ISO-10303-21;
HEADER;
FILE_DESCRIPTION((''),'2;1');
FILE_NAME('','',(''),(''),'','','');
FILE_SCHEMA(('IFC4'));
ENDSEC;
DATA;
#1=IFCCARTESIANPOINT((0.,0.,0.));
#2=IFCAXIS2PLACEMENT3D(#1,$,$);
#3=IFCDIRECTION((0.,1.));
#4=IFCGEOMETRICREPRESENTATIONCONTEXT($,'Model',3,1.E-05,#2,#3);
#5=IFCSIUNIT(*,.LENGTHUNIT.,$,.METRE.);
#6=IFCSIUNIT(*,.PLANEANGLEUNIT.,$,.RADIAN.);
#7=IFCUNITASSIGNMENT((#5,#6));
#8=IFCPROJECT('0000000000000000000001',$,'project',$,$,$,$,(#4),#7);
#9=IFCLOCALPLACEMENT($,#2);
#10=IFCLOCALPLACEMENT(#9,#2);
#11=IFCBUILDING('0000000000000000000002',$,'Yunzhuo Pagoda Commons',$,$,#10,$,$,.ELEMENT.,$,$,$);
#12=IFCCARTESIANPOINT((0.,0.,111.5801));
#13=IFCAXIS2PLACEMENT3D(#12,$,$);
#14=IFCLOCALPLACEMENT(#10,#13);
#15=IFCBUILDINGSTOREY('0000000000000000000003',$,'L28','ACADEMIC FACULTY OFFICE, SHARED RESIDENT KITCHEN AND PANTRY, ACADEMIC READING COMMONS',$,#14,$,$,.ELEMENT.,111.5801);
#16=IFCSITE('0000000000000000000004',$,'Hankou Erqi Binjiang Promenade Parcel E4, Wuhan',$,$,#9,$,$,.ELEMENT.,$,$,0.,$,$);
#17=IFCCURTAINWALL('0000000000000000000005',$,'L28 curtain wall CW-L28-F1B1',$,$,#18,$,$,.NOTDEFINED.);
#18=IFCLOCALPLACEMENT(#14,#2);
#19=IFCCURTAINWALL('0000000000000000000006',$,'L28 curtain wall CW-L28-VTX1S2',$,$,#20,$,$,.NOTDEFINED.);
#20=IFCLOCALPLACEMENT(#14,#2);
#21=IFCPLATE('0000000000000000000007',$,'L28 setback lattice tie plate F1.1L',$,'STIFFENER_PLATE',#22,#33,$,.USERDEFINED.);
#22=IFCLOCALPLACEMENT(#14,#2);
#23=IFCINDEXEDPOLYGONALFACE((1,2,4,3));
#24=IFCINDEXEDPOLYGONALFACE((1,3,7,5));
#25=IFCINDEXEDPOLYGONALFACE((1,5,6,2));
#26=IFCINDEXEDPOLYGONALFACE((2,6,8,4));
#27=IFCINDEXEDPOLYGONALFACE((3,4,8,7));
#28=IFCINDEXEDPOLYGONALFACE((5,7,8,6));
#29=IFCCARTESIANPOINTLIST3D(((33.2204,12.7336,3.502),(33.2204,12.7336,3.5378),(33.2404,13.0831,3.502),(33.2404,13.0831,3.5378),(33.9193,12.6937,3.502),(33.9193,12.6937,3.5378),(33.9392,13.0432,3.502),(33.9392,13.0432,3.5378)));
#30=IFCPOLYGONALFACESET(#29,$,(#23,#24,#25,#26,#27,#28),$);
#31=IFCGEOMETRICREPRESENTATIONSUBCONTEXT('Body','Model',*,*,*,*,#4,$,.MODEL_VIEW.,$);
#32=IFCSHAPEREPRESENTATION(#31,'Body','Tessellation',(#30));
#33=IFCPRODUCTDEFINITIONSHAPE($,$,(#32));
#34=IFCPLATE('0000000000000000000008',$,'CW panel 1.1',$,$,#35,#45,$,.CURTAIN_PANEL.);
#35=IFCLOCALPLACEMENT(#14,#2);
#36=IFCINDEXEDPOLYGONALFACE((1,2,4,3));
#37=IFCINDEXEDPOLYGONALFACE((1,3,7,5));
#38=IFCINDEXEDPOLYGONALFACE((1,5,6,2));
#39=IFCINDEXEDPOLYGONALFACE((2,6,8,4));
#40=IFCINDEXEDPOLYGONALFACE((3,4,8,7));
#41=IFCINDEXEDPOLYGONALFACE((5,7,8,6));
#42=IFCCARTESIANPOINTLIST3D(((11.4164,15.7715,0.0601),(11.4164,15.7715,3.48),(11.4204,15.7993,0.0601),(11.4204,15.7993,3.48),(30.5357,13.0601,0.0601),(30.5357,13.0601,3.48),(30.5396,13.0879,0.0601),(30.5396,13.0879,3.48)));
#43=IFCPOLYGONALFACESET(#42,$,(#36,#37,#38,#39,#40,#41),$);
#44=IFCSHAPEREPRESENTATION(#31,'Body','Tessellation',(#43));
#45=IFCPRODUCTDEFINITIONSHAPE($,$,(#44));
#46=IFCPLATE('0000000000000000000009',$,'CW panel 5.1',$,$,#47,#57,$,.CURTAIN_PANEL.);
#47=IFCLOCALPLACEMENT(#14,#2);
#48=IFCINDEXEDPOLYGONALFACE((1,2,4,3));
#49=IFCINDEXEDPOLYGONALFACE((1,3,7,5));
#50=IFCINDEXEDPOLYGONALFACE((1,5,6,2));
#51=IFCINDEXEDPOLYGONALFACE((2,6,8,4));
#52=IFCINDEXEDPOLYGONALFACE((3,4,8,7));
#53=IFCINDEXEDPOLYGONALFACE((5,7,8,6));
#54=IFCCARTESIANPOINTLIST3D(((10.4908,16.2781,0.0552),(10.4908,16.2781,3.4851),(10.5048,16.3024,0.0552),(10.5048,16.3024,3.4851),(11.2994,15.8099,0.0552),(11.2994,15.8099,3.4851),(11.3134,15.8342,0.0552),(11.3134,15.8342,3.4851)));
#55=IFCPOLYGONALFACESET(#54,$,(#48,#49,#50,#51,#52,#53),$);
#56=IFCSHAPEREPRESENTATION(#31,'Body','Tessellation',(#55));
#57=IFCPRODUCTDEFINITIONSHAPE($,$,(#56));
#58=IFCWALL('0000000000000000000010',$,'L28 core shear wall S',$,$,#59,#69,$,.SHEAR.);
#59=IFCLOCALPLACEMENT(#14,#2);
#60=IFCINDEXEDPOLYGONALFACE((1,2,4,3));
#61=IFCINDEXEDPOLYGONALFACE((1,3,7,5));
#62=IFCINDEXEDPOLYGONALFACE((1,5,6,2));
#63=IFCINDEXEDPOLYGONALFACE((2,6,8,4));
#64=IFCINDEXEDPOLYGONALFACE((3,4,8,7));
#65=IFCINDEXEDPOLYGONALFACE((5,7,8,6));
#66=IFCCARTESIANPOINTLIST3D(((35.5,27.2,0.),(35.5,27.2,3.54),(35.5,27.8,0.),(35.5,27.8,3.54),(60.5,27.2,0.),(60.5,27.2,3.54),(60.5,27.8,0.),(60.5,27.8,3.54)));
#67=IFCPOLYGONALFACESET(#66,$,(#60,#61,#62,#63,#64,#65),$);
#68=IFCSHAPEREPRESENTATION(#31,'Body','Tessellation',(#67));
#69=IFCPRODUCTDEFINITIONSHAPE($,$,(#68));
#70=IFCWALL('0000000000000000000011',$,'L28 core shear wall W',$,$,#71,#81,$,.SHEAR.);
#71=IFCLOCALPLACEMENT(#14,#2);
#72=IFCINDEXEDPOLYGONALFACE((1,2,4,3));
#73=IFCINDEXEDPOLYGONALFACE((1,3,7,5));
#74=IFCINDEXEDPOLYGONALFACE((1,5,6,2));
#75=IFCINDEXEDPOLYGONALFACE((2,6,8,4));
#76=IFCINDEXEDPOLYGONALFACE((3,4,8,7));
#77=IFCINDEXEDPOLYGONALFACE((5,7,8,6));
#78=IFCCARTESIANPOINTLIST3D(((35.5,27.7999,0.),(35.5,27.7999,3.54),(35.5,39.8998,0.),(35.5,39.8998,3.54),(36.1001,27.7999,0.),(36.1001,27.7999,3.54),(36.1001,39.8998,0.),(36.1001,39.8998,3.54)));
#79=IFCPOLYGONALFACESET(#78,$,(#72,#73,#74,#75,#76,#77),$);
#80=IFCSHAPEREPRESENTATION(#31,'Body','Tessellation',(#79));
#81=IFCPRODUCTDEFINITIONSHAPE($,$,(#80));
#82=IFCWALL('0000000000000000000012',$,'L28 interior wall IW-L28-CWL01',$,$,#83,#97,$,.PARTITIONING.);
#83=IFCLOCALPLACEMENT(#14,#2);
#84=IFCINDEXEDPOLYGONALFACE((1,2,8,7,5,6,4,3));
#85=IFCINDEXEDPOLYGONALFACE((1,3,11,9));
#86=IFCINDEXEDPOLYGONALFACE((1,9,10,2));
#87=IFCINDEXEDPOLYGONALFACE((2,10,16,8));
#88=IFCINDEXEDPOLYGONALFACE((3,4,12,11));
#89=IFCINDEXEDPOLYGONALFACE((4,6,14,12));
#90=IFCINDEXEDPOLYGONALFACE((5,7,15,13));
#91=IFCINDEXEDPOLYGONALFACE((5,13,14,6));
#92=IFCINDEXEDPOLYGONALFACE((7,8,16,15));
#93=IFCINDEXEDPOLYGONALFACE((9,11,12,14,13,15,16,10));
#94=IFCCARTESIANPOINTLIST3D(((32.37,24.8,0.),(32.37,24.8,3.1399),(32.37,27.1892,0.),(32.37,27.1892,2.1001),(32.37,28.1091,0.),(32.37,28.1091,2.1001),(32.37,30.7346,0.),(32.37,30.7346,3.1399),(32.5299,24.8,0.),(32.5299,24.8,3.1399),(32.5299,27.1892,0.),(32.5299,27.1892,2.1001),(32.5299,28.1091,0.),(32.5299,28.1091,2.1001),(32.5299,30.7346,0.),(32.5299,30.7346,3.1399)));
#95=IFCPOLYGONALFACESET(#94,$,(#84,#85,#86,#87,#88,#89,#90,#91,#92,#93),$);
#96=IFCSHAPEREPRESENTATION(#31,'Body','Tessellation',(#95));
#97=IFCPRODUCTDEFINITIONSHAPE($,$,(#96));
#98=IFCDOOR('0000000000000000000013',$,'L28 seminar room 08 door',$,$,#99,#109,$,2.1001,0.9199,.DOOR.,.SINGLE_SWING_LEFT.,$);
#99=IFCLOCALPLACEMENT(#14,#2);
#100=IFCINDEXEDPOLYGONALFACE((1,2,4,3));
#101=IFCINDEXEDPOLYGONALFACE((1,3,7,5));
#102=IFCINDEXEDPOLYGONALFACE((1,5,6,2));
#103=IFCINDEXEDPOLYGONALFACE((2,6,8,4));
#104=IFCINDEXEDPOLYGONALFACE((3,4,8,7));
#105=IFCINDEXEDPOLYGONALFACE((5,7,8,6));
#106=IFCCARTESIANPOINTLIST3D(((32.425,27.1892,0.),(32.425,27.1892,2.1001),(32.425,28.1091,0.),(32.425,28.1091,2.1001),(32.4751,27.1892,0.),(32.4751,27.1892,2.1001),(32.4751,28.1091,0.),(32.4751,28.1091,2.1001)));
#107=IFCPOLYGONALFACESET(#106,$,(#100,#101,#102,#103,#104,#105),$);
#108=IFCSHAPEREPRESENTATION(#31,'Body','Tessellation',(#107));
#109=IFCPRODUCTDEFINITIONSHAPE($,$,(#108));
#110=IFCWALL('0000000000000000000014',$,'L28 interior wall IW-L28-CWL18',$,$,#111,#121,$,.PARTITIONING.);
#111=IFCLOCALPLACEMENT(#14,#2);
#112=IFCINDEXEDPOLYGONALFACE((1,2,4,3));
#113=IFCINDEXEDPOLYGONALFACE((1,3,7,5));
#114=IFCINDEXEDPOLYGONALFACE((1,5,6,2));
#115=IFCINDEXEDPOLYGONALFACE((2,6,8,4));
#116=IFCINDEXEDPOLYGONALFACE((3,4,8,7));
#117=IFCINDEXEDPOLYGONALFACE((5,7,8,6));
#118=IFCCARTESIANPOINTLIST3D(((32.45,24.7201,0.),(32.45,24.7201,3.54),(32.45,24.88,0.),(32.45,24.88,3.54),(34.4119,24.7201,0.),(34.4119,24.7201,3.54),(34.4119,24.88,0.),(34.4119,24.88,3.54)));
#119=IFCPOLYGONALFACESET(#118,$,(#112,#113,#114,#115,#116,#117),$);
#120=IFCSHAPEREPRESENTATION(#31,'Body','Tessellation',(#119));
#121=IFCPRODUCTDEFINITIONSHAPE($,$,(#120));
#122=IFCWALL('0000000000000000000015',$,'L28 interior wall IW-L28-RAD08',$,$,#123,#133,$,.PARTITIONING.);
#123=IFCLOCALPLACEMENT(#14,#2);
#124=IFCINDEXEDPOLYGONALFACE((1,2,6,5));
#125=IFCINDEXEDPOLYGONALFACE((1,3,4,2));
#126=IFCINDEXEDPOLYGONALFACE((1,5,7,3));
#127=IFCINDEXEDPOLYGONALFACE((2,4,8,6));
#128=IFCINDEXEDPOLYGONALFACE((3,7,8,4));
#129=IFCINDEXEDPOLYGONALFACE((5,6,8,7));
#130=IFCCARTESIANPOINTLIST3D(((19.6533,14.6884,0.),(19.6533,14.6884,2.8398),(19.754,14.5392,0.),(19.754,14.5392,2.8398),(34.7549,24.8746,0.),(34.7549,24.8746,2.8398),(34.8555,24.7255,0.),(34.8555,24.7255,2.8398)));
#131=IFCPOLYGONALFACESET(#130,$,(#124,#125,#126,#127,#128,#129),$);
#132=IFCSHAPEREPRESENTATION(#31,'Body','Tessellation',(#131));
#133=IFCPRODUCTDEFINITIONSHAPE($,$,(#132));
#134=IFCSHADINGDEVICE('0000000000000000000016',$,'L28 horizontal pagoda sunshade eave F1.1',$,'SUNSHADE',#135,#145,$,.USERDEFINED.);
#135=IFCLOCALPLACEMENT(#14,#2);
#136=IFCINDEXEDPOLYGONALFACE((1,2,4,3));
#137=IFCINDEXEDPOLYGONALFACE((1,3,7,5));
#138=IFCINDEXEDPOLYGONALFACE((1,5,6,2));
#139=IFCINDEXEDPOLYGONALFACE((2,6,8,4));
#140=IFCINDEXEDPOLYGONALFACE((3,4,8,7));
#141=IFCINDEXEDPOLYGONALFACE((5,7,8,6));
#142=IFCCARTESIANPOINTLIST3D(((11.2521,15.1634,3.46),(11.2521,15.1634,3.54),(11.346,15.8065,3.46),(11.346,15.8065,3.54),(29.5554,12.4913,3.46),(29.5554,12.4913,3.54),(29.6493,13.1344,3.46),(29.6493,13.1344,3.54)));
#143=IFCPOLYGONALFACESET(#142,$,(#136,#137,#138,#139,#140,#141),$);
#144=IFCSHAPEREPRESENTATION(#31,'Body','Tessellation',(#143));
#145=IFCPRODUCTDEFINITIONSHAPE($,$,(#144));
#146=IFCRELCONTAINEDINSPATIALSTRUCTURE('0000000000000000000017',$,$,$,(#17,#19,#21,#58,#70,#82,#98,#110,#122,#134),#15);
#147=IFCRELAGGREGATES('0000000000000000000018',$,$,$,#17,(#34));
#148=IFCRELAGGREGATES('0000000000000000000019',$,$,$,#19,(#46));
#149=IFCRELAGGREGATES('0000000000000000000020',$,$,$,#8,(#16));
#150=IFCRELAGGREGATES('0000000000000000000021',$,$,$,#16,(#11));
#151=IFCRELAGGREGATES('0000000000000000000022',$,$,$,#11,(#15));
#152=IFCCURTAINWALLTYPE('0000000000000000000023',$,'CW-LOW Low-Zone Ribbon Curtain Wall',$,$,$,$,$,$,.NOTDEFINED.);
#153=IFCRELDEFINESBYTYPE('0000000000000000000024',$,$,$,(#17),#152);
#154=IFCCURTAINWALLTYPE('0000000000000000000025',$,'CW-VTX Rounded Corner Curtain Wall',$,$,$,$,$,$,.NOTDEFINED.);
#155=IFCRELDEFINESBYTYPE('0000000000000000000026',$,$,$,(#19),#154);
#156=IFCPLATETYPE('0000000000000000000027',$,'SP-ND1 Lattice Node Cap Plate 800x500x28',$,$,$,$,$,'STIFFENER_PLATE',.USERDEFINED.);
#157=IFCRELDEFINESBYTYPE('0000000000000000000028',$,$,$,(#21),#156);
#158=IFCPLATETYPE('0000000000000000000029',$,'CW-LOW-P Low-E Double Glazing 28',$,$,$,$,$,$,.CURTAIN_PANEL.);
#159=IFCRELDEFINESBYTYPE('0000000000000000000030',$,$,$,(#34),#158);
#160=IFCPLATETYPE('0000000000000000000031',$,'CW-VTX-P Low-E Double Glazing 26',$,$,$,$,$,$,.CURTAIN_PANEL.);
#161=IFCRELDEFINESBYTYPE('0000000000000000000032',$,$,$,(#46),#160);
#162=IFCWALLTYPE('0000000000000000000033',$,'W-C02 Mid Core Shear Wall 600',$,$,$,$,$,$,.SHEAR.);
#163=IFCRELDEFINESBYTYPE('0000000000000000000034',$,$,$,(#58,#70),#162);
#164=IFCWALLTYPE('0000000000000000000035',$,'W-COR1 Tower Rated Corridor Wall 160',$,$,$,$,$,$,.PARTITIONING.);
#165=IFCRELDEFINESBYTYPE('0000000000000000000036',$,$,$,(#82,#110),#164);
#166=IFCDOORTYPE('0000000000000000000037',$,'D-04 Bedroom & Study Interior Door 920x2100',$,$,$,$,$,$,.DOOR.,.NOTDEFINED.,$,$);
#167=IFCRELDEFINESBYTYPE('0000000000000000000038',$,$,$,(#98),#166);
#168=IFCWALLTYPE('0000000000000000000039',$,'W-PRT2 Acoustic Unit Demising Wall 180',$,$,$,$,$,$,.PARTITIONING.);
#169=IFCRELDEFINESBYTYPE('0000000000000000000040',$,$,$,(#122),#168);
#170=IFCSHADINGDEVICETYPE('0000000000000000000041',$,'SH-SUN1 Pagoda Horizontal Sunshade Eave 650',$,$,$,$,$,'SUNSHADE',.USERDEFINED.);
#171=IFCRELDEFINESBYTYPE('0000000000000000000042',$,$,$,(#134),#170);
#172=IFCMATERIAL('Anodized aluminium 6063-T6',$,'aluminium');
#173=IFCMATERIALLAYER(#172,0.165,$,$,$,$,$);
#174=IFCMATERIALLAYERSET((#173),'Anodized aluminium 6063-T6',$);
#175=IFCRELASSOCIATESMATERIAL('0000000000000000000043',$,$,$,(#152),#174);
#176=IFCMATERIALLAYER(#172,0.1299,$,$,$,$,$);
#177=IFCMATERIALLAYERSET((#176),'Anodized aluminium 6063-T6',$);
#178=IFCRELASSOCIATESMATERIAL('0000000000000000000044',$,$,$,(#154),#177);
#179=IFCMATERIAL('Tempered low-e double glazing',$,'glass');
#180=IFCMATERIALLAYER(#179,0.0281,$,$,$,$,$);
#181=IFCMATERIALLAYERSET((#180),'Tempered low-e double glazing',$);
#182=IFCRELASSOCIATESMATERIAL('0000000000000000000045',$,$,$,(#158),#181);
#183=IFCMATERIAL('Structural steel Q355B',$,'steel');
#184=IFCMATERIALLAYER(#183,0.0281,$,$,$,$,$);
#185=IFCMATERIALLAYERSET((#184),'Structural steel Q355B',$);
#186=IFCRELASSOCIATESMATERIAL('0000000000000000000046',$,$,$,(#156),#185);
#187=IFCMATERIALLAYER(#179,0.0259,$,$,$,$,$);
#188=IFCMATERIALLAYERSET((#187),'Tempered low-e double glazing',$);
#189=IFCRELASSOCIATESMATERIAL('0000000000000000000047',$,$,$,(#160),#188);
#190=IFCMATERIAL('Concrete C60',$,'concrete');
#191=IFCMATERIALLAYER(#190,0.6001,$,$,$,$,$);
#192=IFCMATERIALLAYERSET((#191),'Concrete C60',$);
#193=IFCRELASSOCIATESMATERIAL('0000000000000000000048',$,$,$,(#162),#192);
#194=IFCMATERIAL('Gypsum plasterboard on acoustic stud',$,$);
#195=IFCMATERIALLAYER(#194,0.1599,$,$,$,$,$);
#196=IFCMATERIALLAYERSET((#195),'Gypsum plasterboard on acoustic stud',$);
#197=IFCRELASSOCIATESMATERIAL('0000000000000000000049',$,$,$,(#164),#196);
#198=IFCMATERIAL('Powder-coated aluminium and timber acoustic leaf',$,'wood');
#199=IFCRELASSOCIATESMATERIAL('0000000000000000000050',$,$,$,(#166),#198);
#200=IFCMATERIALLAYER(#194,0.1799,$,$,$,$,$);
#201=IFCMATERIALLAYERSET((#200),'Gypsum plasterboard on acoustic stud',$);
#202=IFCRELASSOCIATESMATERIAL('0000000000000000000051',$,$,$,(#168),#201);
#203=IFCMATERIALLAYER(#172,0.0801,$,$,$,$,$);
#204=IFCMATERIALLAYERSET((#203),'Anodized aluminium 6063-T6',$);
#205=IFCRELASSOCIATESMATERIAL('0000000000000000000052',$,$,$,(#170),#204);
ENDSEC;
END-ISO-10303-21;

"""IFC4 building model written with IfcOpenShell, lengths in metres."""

from ifc_helpers import new_model, si_unit, direction, frame, frame_2d, origin, origin_with_axes, origin_2d, place, context, subcontext, project, spatial, rectangle, extrude, source, transform, mapped, material, layer, layer_set, type_object, element, fill, aggregate, save


model = new_model("IFC4")

# Units and contexts
model_context = context("Model", 3, precision=1e-05, world=origin(), true_north=direction((0.0, 1.0)))
body_context = subcontext(model_context, "Body", "Model", "MODEL_VIEW")
ifc_project = project(units=[si_unit("LENGTHUNIT", "METRE"), si_unit("PLANEANGLEUNIT", "RADIAN")], contexts=[model_context])

# Site, building, storey
site_placement = place(None, origin())
site = spatial("IfcSite", under=ifc_project, at=site_placement, Name="Hankou Erqi Binjiang Promenade Parcel E4, Wuhan", CompositionType="ELEMENT", RefElevation=0.0)
building_placement = place(site_placement, origin())
building = spatial("IfcBuilding", under=site, at=building_placement, Name="Yunzhuo Pagoda Commons", CompositionType="ELEMENT")
storey_placement = place(building_placement, frame((0.0, 0.0, 111.5801)))
storey = spatial("IfcBuildingStorey", under=building, at=storey_placement, Name="L28", Description="ACADEMIC FACULTY OFFICE, SHARED RESIDENT KITCHEN AND PANTRY, ACADEMIC READING COMMONS", CompositionType="ELEMENT", Elevation=111.5801)

# Shared definitions
ifc_material_1 = material(Name="Structural steel Q355B", Category="steel")

# Shared definitions
ifc_material_2 = material(Name="Anodized aluminium 6063-T6", Category="aluminium")
ifc_layer_1 = layer(ifc_material_2, 0.165)
ifc_layer_set_1 = layer_set([ifc_layer_1], Name="Anodized aluminium 6063-T6")
curtain_wall_type_1 = type_object("IfcCurtainWallType", Name="CW-LOW Low-Zone Ribbon Curtain Wall", PredefinedType="NOTDEFINED", material=ifc_layer_set_1)

# Curtain wall
curtain_wall_1_placement = place(storey_placement, origin())
curtain_wall_1 = element("IfcCurtainWall", 1, at=curtain_wall_1_placement, inside=storey, type_object=curtain_wall_type_1, Name="L28 curtain wall CW-L28-F1B1", PredefinedType="NOTDEFINED")

# Curtain wall
ifc_layer_2 = layer(ifc_material_2, 0.1299)
ifc_layer_set_2 = layer_set([ifc_layer_2], Name="Anodized aluminium 6063-T6")
curtain_wall_type_2 = type_object("IfcCurtainWallType", Name="CW-VTX Rounded Corner Curtain Wall", PredefinedType="NOTDEFINED", material=ifc_layer_set_2)
curtain_wall_2_placement = place(storey_placement, origin())
curtain_wall_2 = element("IfcCurtainWall", 2, at=curtain_wall_2_placement, inside=storey, type_object=curtain_wall_type_2, Name="L28 curtain wall CW-L28-VTX1S2", PredefinedType="NOTDEFINED")

# Shared definitions
ifc_material_3 = material(Name="Tempered low-e double glazing", Category="glass")
ifc_layer_3 = layer(ifc_material_3, 0.0281)
ifc_layer_set_3 = layer_set([ifc_layer_3], Name="Tempered low-e double glazing")
plate_type_1 = type_object("IfcPlateType", Name="CW-LOW-P Low-E Double Glazing 28", PredefinedType="CURTAIN_PANEL", material=ifc_layer_set_3)

# Plate
ifc_layer_4 = layer(ifc_material_1, 0.0281)
ifc_layer_set_4 = layer_set([ifc_layer_4], Name="Structural steel Q355B")
plate_type_2 = type_object("IfcPlateType", Name="SP-ND1 Lattice Node Cap Plate 800x500x28", ElementType="STIFFENER_PLATE", PredefinedType="USERDEFINED", material=ifc_layer_set_4)
shared_shape_1 = source(origin(), body_context, "Body", "SweptSolid", [
    extrude(rectangle(XDim=0.7, YDim=0.3501, at=origin_2d()), origin(), (0.0, 0.0, 1.0), 0.0359),
])
plate_1_placement = place(storey_placement, frame((33.5798, 12.8884, 3.502), z_axis=(0.0, 0.0, 1.0), x_axis=(0.998373, -0.057024, 0.0)))
element("IfcPlate", 3, at=plate_1_placement, inside=storey, type_object=plate_type_2, Name="L28 setback lattice tie plate F1.1L", ObjectType="STIFFENER_PLATE", PredefinedType="USERDEFINED", context=body_context, shape_type="MappedRepresentation", body=[
    mapped(shared_shape_1, transform((0.0, 0.0, 0.0), scale=1.0)),
])

# Plates
shared_shape_2 = source(origin(), body_context, "Body", "SweptSolid", [
    extrude(rectangle(XDim=19.3105, YDim=0.0281, at=origin_2d()), origin(), (0.0, 0.0, 1.0), 3.4199),
])
plate_2_placement = place(storey_placement, frame((20.978, 14.4297, 0.0601), z_axis=(0.0, 0.0, 1.0), x_axis=(0.990094, -0.140408, 0.0)))
plate_2 = element("IfcPlate", 4, at=plate_2_placement, type_object=plate_type_1, Name="CW panel 1.1", PredefinedType="CURTAIN_PANEL", context=body_context, shape_type="MappedRepresentation", body=[
    mapped(shared_shape_2, transform((0.0, 0.0, 0.0), scale=1.0)),
])
aggregate(curtain_wall_1, [plate_2])
ifc_layer_5 = layer(ifc_material_3, 0.0259)
ifc_layer_set_5 = layer_set([ifc_layer_5], Name="Tempered low-e double glazing")
plate_type_3 = type_object("IfcPlateType", Name="CW-VTX-P Low-E Double Glazing 26", PredefinedType="CURTAIN_PANEL", material=ifc_layer_set_5)
shared_shape_3 = source(origin(), body_context, "Body", "SweptSolid", [
    extrude(rectangle(XDim=0.9343, YDim=0.0281, at=origin_2d()), origin(), (0.0, 0.0, 1.0), 3.4299),
])
plate_3_placement = place(storey_placement, frame((10.9021, 16.0562, 0.0552), z_axis=(0.0, 0.0, 1.0), x_axis=(0.865429, -0.501032, 0.0)))
plate_3 = element("IfcPlate", 5, at=plate_3_placement, type_object=plate_type_3, Name="CW panel 5.1", PredefinedType="CURTAIN_PANEL", context=body_context, shape_type="MappedRepresentation", body=[
    mapped(shared_shape_3, transform((0.0, 0.0, 0.0), scale=1.0)),
])
aggregate(curtain_wall_2, [plate_3])

# Walls
ifc_material_4 = material(Name="Concrete C60", Category="concrete")
ifc_layer_6 = layer(ifc_material_4, 0.6001)
ifc_layer_set_6 = layer_set([ifc_layer_6], Name="Concrete C60")
wall_type_1 = type_object("IfcWallType", Name="W-C02 Mid Core Shear Wall 600", PredefinedType="SHEAR", material=ifc_layer_set_6)
wall_1_placement = place(storey_placement, frame((35.5, 27.5, 0.0), z_axis=(0.0, 0.0, 1.0), x_axis=(1.0, 0.0, 0.0)))
element("IfcWall", 6, at=wall_1_placement, inside=storey, type_object=wall_type_1, Name="L28 core shear wall S", PredefinedType="SHEAR", context=body_context, shape_type="SweptSolid", body=[
    extrude(rectangle(XDim=25.0, YDim=0.6001, at=frame_2d((12.5, 0.0))), origin(), (0.0, 0.0, 1.0), 3.54),
])
wall_2_placement = place(storey_placement, frame((35.8, 27.8, 0.0), z_axis=(0.0, 0.0, 1.0), x_axis=(0.0, 1.0, 0.0)))
element("IfcWall", 7, at=wall_2_placement, inside=storey, type_object=wall_type_1, Name="L28 core shear wall W", PredefinedType="SHEAR", context=body_context, shape_type="SweptSolid", body=[
    extrude(rectangle(XDim=12.0999, YDim=0.6001, at=frame_2d((6.0498, 0.0))), origin(), (0.0, 0.0, 1.0), 3.54),
])

# Wall, opening, door
ifc_material_5 = material(Name="Gypsum plasterboard on acoustic stud")
ifc_layer_7 = layer(ifc_material_5, 0.1599)
ifc_layer_set_7 = layer_set([ifc_layer_7], Name="Gypsum plasterboard on acoustic stud")
wall_type_2 = type_object("IfcWallType", Name="W-COR1 Tower Rated Corridor Wall 160", PredefinedType="PARTITIONING", material=ifc_layer_set_7)
wall_3_placement = place(storey_placement, frame((32.45, 24.8, 0.0), z_axis=(0.0, 0.0, 1.0), x_axis=(0.0, 1.0, 0.0)))
wall_3 = element("IfcWall", 8, at=wall_3_placement, inside=storey, type_object=wall_type_2, Name="L28 interior wall IW-L28-CWL01", PredefinedType="PARTITIONING", context=body_context, shape_type="SweptSolid", body=[
    extrude(rectangle(XDim=5.9346, YDim=0.1599, at=frame_2d((2.9673, 0.0))), origin(), (0.0, 0.0, 1.0), 3.1399),
])
opening_placement = place(wall_3_placement, frame((2.3892, 0.0, 0.0)))
opening = element("IfcOpeningElement", 9, at=opening_placement, cuts=wall_3, PredefinedType="OPENING", context=body_context, shape_type="SweptSolid", body=[
    extrude(rectangle(XDim=0.9199, YDim=2.1001, at=frame_2d((0.46, 1.05))), frame((0.0, 0.0898, 0.0), z_axis=(0.0, -1.0, 0.0), x_axis=(1.0, 0.0, 0.0)), (0.0, 0.0, 1.0), 0.1799),
])
ifc_material_6 = material(Name="Powder-coated aluminium and timber acoustic leaf", Category="wood")
door_type = type_object("IfcDoorType", Name="D-04 Bedroom & Study Interior Door 920x2100", OperationType="NOTDEFINED", PredefinedType="DOOR", material=ifc_material_6)
shared_shape_4 = source(origin(), body_context, "Body", "SweptSolid", [
    extrude(rectangle(XDim=0.9199, YDim=2.1001, at=frame_2d((0.46, 1.05))), frame((0.0, 0.0249, 0.0), z_axis=(0.0, -1.0, 0.0), x_axis=(1.0, 0.0, 0.0)), (0.0, 0.0, 1.0), 0.05),
])
door_placement = place(opening_placement, origin_with_axes())
door = element("IfcDoor", 10, at=door_placement, inside=storey, type_object=door_type, Name="L28 seminar room 08 door", OperationType="SINGLE_SWING_LEFT", OverallHeight=2.1001, OverallWidth=0.9199, PredefinedType="DOOR", context=body_context, shape_type="MappedRepresentation", body=[
    mapped(shared_shape_4, transform((0.0, 0.0, 0.0), scale=1.0)),
])
fill(opening, door)

# Walls
wall_4_placement = place(storey_placement, frame((34.4119, 24.8, 0.0), z_axis=(0.0, 0.0, 1.0), x_axis=(-1.0, 0.0, 0.0)))
element("IfcWall", 11, at=wall_4_placement, inside=storey, type_object=wall_type_2, Name="L28 interior wall IW-L28-CWL18", PredefinedType="PARTITIONING", context=body_context, shape_type="SweptSolid", body=[
    extrude(rectangle(XDim=1.9619, YDim=0.1599, at=frame_2d((0.981, 0.0))), origin(), (0.0, 0.0, 1.0), 3.54),
])
ifc_layer_8 = layer(ifc_material_5, 0.1799)
ifc_layer_set_8 = layer_set([ifc_layer_8], Name="Gypsum plasterboard on acoustic stud")
wall_type_3 = type_object("IfcWallType", Name="W-PRT2 Acoustic Unit Demising Wall 180", PredefinedType="PARTITIONING", material=ifc_layer_set_8)
wall_5_placement = place(storey_placement, frame((34.8052, 24.8, 0.0), z_axis=(0.0, 0.0, 1.0), x_axis=(-0.829034, -0.559198, 0.0)))
element("IfcWall", 12, at=wall_5_placement, inside=storey, type_object=wall_type_3, Name="L28 interior wall IW-L28-RAD08", PredefinedType="PARTITIONING", context=body_context, shape_type="SweptSolid", body=[
    extrude(rectangle(XDim=18.2158, YDim=0.1799, at=frame_2d((9.1079, 0.0))), origin(), (0.0, 0.0, 1.0), 2.8398),
])

# Shading device
ifc_layer_9 = layer(ifc_material_2, 0.0801)
ifc_layer_set_9 = layer_set([ifc_layer_9], Name="Anodized aluminium 6063-T6")
shading_device_type = type_object("IfcShadingDeviceType", Name="SH-SUN1 Pagoda Horizontal Sunshade Eave 650", ElementType="SUNSHADE", PredefinedType="USERDEFINED", material=ifc_layer_set_9)
shared_shape_5 = source(origin(), body_context, "Body", "SweptSolid", [
    extrude(rectangle(XDim=18.4973, YDim=0.6499, at=origin_2d()), origin(), (0.0, 0.0, 1.0), 0.0801),
])
shading_device_placement = place(storey_placement, frame((20.4507, 14.1489, 3.46), z_axis=(0.0, 0.0, 1.0), x_axis=(0.989511, -0.14446, 0.0)))
element("IfcShadingDevice", 13, at=shading_device_placement, inside=storey, type_object=shading_device_type, Name="L28 horizontal pagoda sunshade eave F1.1", ObjectType="SUNSHADE", PredefinedType="USERDEFINED", context=body_context, shape_type="MappedRepresentation", body=[
    mapped(shared_shape_5, transform((0.0, 0.0, 0.0), scale=1.0)),
])

save(model, "model.ifc")
